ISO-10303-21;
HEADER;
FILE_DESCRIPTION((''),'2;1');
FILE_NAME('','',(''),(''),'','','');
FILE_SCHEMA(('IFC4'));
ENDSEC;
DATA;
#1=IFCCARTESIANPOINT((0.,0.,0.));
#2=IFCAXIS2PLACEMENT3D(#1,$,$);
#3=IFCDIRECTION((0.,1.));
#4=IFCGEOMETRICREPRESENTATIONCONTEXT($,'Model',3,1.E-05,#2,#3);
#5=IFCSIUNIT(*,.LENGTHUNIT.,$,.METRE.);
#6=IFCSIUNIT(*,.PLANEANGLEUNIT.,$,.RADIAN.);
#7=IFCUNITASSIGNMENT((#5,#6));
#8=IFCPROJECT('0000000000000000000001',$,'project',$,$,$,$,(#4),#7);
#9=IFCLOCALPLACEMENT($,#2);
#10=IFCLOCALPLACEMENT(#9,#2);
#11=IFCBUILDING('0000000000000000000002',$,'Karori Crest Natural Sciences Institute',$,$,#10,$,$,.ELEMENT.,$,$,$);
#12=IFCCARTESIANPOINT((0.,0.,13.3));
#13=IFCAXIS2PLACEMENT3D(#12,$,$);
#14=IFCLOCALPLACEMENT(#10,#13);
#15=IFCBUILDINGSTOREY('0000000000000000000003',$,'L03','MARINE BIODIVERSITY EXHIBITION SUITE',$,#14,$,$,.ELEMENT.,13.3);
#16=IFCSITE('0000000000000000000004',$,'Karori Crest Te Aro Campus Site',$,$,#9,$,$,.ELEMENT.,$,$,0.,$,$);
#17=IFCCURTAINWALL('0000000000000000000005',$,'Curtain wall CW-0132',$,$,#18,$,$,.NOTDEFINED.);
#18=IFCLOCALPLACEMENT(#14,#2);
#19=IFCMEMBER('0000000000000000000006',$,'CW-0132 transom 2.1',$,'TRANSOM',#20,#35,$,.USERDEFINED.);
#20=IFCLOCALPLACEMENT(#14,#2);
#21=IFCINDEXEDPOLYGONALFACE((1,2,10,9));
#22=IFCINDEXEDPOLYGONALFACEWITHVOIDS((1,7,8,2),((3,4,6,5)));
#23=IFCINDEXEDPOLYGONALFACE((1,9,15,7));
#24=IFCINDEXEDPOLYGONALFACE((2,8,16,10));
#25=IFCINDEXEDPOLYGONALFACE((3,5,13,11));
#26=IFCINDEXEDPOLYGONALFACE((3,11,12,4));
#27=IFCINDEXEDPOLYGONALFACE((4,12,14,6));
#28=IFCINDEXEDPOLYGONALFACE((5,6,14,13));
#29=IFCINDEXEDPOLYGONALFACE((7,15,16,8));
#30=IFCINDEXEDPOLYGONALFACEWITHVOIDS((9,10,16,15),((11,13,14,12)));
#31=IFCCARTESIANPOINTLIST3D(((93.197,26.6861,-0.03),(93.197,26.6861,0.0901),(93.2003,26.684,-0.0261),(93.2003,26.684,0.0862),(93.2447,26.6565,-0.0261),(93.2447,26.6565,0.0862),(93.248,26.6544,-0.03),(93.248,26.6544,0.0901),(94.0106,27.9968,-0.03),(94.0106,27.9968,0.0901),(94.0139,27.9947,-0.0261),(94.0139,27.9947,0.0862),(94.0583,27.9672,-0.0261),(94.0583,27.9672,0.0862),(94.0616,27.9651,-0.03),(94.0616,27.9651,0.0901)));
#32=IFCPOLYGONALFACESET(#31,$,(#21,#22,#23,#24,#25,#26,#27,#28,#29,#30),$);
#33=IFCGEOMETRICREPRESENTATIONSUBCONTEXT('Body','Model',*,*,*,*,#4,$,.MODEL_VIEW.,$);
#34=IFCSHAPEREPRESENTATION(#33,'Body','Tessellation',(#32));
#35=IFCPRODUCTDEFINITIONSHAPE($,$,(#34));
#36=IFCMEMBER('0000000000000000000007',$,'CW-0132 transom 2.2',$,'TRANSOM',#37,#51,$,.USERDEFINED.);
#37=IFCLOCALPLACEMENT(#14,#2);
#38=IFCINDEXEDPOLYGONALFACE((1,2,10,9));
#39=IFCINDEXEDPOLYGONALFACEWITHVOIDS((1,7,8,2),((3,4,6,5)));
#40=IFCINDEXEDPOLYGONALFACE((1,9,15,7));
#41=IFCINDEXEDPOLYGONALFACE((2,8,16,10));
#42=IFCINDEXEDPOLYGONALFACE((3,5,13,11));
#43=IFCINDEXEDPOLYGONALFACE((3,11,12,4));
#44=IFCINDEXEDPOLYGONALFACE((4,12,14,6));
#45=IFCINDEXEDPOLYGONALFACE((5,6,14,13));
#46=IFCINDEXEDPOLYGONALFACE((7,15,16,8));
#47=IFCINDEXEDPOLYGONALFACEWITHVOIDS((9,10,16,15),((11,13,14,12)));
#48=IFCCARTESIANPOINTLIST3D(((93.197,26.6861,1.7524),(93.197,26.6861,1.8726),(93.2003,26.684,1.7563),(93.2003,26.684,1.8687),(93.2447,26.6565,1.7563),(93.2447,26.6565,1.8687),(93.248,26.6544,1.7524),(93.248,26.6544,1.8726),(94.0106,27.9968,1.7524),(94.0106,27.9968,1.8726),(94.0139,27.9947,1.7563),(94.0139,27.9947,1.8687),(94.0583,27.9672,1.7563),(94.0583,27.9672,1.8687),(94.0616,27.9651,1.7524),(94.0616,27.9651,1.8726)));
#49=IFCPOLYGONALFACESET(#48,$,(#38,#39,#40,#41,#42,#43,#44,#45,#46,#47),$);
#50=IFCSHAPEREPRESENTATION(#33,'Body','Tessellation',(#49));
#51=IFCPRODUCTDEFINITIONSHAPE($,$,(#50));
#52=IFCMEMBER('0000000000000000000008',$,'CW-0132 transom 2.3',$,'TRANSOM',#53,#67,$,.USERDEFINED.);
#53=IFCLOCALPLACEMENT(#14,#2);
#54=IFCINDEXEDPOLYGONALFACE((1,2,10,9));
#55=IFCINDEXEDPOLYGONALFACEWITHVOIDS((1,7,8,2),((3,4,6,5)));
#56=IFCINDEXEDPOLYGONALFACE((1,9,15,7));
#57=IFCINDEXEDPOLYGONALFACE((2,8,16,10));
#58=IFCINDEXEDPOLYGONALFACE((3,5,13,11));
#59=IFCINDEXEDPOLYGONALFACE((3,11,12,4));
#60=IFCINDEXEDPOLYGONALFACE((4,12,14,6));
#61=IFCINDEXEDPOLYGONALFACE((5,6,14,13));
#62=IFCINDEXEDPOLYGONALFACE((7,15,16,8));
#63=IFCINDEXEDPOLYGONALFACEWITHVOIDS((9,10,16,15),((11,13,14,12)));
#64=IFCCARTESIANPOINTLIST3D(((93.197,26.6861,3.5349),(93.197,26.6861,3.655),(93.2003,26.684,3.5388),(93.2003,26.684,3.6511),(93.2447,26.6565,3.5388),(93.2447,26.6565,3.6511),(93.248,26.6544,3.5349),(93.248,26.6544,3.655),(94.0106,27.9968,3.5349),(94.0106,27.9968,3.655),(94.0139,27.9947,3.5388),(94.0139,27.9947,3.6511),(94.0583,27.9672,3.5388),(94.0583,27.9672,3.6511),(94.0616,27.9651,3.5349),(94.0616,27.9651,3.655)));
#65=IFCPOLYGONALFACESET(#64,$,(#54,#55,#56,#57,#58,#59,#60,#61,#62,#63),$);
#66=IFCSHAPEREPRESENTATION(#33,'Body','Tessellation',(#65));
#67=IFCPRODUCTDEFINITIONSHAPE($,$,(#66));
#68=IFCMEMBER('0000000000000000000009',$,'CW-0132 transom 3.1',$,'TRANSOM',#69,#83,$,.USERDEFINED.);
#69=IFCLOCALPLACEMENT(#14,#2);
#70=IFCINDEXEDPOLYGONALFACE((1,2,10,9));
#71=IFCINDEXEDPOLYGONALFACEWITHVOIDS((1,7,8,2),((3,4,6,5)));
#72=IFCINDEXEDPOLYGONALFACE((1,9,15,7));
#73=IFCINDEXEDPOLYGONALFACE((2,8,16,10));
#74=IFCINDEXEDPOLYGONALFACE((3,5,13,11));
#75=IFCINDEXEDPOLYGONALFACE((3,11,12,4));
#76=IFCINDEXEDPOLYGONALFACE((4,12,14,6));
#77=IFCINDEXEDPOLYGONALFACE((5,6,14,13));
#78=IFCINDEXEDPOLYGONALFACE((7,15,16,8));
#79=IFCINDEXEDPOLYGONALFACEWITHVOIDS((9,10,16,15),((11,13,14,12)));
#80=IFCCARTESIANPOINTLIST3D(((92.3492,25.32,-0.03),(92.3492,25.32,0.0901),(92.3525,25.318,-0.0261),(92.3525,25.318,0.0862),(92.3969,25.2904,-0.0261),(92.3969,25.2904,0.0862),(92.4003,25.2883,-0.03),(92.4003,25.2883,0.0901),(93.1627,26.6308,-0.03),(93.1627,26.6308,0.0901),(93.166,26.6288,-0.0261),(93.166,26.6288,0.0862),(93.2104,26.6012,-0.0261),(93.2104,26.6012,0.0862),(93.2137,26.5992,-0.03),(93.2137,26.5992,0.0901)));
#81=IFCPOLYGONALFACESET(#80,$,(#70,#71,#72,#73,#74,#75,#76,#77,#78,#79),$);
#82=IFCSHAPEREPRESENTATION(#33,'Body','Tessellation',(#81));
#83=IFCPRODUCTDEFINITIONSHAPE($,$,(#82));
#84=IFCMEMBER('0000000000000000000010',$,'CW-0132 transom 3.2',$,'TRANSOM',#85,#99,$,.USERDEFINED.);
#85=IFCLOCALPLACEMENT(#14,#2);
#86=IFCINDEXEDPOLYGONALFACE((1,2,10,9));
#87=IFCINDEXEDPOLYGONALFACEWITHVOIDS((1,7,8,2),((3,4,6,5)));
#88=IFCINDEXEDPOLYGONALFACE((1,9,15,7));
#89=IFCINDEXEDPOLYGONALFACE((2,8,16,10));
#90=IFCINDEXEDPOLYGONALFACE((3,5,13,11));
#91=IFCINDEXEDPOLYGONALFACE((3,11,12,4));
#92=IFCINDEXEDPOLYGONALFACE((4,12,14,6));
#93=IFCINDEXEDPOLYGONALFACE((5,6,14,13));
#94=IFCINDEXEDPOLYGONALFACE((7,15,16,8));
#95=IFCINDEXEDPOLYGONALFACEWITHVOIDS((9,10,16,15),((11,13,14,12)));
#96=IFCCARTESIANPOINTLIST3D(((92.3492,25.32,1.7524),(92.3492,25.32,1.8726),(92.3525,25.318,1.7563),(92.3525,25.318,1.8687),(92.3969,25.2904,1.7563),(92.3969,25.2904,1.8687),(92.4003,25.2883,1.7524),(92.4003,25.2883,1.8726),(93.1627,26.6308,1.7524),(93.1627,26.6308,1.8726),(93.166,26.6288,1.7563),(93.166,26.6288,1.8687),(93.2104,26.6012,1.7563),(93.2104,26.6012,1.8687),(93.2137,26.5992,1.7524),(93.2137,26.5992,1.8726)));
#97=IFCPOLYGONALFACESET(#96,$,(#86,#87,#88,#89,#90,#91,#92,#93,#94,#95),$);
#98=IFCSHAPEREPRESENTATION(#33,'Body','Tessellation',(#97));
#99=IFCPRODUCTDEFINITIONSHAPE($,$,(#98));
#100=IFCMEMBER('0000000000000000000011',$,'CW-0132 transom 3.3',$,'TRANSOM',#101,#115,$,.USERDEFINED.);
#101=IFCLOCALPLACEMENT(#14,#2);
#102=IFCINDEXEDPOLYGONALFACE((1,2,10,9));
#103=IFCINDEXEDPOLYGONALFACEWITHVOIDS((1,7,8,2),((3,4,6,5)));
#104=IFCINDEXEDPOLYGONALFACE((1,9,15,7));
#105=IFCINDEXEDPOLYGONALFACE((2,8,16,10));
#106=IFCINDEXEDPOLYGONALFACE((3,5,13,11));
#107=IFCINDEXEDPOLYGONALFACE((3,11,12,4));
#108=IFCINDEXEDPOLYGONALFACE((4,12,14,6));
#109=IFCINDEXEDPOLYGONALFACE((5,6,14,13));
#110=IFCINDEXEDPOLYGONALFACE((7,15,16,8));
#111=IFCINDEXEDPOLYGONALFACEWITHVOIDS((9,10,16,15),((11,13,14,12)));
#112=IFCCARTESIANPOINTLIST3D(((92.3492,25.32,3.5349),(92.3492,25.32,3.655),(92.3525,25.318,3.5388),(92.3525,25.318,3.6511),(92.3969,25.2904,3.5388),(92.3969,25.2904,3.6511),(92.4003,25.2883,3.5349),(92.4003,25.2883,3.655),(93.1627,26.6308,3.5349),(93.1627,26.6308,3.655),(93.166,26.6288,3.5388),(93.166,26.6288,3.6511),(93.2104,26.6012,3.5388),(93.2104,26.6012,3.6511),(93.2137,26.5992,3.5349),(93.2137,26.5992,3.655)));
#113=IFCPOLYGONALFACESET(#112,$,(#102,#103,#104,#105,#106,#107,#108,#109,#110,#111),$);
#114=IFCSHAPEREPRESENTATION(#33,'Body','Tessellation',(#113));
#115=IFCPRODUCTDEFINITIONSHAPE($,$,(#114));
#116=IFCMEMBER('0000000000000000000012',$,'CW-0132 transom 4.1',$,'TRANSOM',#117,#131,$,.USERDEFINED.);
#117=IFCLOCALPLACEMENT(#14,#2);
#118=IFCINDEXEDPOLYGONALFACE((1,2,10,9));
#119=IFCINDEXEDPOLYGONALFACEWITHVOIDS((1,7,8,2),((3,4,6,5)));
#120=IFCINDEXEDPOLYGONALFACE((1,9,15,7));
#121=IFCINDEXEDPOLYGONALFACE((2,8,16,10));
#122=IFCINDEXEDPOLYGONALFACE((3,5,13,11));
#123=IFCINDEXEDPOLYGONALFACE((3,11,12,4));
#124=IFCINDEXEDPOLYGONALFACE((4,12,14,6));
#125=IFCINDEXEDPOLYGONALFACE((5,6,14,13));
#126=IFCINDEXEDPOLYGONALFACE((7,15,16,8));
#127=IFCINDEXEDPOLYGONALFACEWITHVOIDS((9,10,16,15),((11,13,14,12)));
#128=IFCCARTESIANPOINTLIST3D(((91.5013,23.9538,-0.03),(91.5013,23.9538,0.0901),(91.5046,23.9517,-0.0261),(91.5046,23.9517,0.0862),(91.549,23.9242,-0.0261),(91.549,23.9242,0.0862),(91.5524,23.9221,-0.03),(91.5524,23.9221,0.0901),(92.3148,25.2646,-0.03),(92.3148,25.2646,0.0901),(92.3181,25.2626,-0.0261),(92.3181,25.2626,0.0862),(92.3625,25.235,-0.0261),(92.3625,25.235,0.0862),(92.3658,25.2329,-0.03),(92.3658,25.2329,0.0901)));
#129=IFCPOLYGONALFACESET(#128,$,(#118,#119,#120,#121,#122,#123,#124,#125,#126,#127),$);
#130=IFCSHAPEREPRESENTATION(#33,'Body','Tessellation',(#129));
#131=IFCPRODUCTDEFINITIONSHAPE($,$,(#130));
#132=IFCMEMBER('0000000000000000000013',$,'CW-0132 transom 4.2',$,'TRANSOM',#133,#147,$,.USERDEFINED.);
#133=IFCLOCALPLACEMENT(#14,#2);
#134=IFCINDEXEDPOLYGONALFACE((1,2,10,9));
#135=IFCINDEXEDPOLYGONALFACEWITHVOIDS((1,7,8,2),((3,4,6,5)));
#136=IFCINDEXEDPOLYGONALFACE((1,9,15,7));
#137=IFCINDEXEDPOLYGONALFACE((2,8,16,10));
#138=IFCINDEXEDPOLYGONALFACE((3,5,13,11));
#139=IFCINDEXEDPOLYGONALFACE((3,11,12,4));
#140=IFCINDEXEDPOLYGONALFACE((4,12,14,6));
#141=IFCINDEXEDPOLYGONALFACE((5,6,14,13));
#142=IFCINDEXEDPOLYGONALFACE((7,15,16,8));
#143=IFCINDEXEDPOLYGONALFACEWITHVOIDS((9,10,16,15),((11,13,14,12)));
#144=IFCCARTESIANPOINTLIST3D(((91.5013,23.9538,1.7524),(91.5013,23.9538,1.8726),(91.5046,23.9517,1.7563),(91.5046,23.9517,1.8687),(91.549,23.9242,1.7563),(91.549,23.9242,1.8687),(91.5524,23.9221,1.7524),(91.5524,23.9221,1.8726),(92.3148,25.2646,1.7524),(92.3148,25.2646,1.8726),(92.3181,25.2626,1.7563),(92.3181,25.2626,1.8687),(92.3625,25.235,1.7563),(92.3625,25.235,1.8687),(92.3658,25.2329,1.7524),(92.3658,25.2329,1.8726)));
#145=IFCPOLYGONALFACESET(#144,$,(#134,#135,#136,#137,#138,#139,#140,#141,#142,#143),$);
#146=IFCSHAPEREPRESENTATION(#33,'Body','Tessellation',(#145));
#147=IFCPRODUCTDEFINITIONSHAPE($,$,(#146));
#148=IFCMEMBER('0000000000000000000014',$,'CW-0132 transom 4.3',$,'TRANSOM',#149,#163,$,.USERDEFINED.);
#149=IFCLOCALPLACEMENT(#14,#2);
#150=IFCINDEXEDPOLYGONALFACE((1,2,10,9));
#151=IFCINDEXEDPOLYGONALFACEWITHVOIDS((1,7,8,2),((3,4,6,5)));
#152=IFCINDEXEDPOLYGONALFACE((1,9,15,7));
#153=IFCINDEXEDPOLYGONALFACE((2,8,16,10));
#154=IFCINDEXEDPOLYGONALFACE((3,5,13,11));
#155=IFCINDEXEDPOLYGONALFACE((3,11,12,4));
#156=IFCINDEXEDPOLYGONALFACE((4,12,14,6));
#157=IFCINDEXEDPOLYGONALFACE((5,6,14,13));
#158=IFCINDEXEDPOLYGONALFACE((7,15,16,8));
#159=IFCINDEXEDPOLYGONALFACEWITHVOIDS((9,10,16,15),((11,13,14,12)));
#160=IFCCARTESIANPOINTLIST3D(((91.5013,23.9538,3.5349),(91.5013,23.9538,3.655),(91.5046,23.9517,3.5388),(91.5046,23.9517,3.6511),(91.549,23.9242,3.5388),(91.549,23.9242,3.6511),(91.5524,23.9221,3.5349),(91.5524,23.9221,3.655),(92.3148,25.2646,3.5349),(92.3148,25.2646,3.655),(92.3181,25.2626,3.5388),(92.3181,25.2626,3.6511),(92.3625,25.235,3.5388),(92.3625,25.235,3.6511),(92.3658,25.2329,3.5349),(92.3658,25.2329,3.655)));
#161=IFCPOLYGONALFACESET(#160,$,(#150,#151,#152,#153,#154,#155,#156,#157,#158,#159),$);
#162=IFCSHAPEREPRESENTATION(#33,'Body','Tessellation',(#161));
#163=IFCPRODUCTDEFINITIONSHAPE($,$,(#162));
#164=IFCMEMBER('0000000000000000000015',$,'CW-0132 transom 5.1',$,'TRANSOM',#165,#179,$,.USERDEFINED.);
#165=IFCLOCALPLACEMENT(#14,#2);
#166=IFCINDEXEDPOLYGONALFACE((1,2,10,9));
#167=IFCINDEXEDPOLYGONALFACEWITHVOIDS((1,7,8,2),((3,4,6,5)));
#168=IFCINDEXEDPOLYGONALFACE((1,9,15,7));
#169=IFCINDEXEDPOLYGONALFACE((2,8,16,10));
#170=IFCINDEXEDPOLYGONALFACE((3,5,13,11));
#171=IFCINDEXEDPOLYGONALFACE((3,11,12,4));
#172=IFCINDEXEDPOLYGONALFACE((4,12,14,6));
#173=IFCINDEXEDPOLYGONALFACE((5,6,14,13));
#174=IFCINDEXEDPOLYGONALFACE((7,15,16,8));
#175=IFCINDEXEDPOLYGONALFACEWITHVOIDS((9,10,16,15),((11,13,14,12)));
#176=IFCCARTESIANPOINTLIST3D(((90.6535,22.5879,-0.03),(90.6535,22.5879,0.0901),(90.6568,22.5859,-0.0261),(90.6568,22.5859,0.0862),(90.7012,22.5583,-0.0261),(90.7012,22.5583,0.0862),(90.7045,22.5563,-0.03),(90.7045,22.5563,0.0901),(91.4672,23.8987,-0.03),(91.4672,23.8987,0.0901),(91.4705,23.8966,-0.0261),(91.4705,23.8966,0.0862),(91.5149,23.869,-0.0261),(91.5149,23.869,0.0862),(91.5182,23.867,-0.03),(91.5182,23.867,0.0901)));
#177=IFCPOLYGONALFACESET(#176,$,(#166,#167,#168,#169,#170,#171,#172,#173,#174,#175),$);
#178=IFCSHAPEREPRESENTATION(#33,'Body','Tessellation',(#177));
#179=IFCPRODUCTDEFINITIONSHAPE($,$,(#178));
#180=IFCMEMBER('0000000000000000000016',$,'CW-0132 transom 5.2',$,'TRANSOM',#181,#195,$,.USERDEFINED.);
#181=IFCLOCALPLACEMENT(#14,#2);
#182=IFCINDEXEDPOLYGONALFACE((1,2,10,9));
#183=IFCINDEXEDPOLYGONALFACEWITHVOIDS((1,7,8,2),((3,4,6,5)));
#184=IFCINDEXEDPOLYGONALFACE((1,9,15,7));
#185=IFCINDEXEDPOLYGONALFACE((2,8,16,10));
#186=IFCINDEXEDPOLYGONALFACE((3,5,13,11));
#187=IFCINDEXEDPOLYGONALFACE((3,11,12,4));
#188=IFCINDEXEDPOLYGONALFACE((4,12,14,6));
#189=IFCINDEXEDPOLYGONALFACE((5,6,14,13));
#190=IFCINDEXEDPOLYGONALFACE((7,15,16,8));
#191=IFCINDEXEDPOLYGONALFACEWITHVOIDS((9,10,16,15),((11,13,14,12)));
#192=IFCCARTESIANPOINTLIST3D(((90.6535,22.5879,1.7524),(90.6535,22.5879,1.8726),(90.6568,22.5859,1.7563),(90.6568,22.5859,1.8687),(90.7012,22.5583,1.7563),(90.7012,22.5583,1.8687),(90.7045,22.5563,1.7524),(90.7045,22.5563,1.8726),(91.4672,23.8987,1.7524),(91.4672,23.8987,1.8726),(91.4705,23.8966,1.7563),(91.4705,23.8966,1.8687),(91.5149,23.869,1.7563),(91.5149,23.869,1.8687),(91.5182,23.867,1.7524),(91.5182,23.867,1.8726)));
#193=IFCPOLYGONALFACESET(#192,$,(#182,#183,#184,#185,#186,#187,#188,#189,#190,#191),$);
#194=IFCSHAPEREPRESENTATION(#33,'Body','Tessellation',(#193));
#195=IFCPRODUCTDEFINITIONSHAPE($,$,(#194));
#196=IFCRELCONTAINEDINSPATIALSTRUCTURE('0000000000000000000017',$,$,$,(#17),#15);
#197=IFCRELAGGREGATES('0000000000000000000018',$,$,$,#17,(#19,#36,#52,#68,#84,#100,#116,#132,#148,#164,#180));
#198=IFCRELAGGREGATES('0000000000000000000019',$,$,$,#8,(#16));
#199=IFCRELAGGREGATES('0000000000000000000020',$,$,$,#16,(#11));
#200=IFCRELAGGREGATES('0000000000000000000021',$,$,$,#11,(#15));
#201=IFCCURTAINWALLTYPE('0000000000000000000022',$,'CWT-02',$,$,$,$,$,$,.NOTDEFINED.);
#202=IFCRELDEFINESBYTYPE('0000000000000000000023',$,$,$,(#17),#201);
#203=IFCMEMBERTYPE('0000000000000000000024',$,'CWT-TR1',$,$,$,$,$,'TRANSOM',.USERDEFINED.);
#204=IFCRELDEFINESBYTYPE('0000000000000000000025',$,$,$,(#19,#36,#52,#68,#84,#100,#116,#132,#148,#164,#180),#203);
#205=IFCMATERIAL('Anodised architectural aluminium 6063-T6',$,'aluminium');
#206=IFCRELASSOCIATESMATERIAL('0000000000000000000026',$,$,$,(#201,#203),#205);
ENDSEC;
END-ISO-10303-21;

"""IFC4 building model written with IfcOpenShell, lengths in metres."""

from ifc_helpers import new_model, si_unit, direction, frame, origin, origin_2d, place, context, subcontext, project, spatial, hollow_rectangle, extrude, material, material_profile, profile_set, type_object, element, aggregate, save


model = new_model("IFC4")

# Units and contexts
model_context = context("Model", 3, precision=1e-05, world=origin(), true_north=direction((0.0, 1.0)))
body_context = subcontext(model_context, "Body", "Model", "MODEL_VIEW")
ifc_project = project(units=[si_unit("LENGTHUNIT", "METRE"), si_unit("PLANEANGLEUNIT", "RADIAN")], contexts=[model_context])

# Site, building, storey
site_placement = place(None, origin())
site = spatial("IfcSite", under=ifc_project, at=site_placement, Name="Karori Crest Te Aro Campus Site", CompositionType="ELEMENT", RefElevation=0.0)
building_placement = place(site_placement, origin())
building = spatial("IfcBuilding", under=site, at=building_placement, Name="Karori Crest Natural Sciences Institute", CompositionType="ELEMENT")
storey_placement = place(building_placement, frame((0.0, 0.0, 13.3)))
storey = spatial("IfcBuildingStorey", under=building, at=storey_placement, Name="L03", Description="MARINE BIODIVERSITY EXHIBITION SUITE", CompositionType="ELEMENT", Elevation=13.3)

# Curtain wall, members
ifc_material_1 = material(Name="Anodised architectural aluminium 6063-T6", Category="aluminium")
curtain_wall_type = type_object("IfcCurtainWallType", Name="CWT-02", PredefinedType="NOTDEFINED", material=ifc_material_1)
curtain_wall_placement = place(storey_placement, origin())
curtain_wall = element("IfcCurtainWall", 1, at=curtain_wall_placement, inside=storey, type_object=curtain_wall_type, Name="Curtain wall CW-0132", PredefinedType="NOTDEFINED")
ifc_material_profile_1 = material_profile(ifc_material_1, hollow_rectangle(XDim=0.0601, YDim=0.1201, WallThickness=0.0039, at=origin_2d()), Name="CWT120x60x4")
ifc_profile_set_1 = profile_set([ifc_material_profile_1], Name="Anodised architectural aluminium 6063-T6")
member_type_1 = type_object("IfcMemberType", Name="CWT-TR1", ElementType="TRANSOM", PredefinedType="USERDEFINED", material=ifc_profile_set_1)
member_1_placement = place(storey_placement, frame((94.0361, 27.981, 0.03), z_axis=(-0.527422, -0.849603, 0.0), x_axis=(0.849603, -0.527422, 0.0)))
member_1 = element("IfcMember", 2, at=member_1_placement, type_object=member_type_1, Name="CW-0132 transom 2.1", ObjectType="TRANSOM", PredefinedType="USERDEFINED", context=body_context, shape_type="SweptSolid", body=[
    extrude(hollow_rectangle(XDim=0.0601, YDim=0.1201, WallThickness=0.0039, at=origin_2d()), origin(), (0.0, 0.0, 1.0), 1.5427),
])
member_2_placement = place(storey_placement, frame((94.0361, 27.981, 1.8125), z_axis=(-0.527422, -0.849603, 0.0), x_axis=(0.849603, -0.527422, 0.0)))
member_2 = element("IfcMember", 3, at=member_2_placement, type_object=member_type_1, Name="CW-0132 transom 2.2", ObjectType="TRANSOM", PredefinedType="USERDEFINED", context=body_context, shape_type="SweptSolid", body=[
    extrude(hollow_rectangle(XDim=0.0601, YDim=0.1201, WallThickness=0.0039, at=origin_2d()), origin(), (0.0, 0.0, 1.0), 1.5427),
])
member_3_placement = place(storey_placement, frame((94.0361, 27.981, 3.595), z_axis=(-0.527422, -0.849603, 0.0), x_axis=(0.849603, -0.527422, 0.0)))
member_3 = element("IfcMember", 4, at=member_3_placement, type_object=member_type_1, Name="CW-0132 transom 2.3", ObjectType="TRANSOM", PredefinedType="USERDEFINED", context=body_context, shape_type="SweptSolid", body=[
    extrude(hollow_rectangle(XDim=0.0601, YDim=0.1201, WallThickness=0.0039, at=origin_2d()), origin(), (0.0, 0.0, 1.0), 1.5427),
])
member_4_placement = place(storey_placement, frame((93.1882, 26.615, 0.03), z_axis=(-0.527308, -0.849674, 0.0), x_axis=(0.849674, -0.527308, 0.0)))
member_4 = element("IfcMember", 5, at=member_4_placement, type_object=member_type_1, Name="CW-0132 transom 3.1", ObjectType="TRANSOM", PredefinedType="USERDEFINED", context=body_context, shape_type="SweptSolid", body=[
    extrude(hollow_rectangle(XDim=0.0601, YDim=0.1201, WallThickness=0.0039, at=origin_2d()), origin(), (0.0, 0.0, 1.0), 1.5427),
])
member_5_placement = place(storey_placement, frame((93.1882, 26.615, 1.8125), z_axis=(-0.527308, -0.849674, 0.0), x_axis=(0.849674, -0.527308, 0.0)))
member_5 = element("IfcMember", 6, at=member_5_placement, type_object=member_type_1, Name="CW-0132 transom 3.2", ObjectType="TRANSOM", PredefinedType="USERDEFINED", context=body_context, shape_type="SweptSolid", body=[
    extrude(hollow_rectangle(XDim=0.0601, YDim=0.1201, WallThickness=0.0039, at=origin_2d()), origin(), (0.0, 0.0, 1.0), 1.5427),
])
member_6_placement = place(storey_placement, frame((93.1882, 26.615, 3.595), z_axis=(-0.527308, -0.849674, 0.0), x_axis=(0.849674, -0.527308, 0.0)))
member_6 = element("IfcMember", 7, at=member_6_placement, type_object=member_type_1, Name="CW-0132 transom 3.3", ObjectType="TRANSOM", PredefinedType="USERDEFINED", context=body_context, shape_type="SweptSolid", body=[
    extrude(hollow_rectangle(XDim=0.0601, YDim=0.1201, WallThickness=0.0039, at=origin_2d()), origin(), (0.0, 0.0, 1.0), 1.5427),
])
member_7_placement = place(storey_placement, frame((92.3403, 25.2488, 0.03), z_axis=(-0.527308, -0.849674, 0.0), x_axis=(0.849674, -0.527308, 0.0)))
member_7 = element("IfcMember", 8, at=member_7_placement, type_object=member_type_1, Name="CW-0132 transom 4.1", ObjectType="TRANSOM", PredefinedType="USERDEFINED", context=body_context, shape_type="SweptSolid", body=[
    extrude(hollow_rectangle(XDim=0.0601, YDim=0.1201, WallThickness=0.0039, at=origin_2d()), origin(), (0.0, 0.0, 1.0), 1.5427),
])
member_8_placement = place(storey_placement, frame((92.3403, 25.2488, 1.8125), z_axis=(-0.527308, -0.849674, 0.0), x_axis=(0.849674, -0.527308, 0.0)))
member_8 = element("IfcMember", 9, at=member_8_placement, type_object=member_type_1, Name="CW-0132 transom 4.2", ObjectType="TRANSOM", PredefinedType="USERDEFINED", context=body_context, shape_type="SweptSolid", body=[
    extrude(hollow_rectangle(XDim=0.0601, YDim=0.1201, WallThickness=0.0039, at=origin_2d()), origin(), (0.0, 0.0, 1.0), 1.5427),
])
member_9_placement = place(storey_placement, frame((92.3403, 25.2488, 3.595), z_axis=(-0.527308, -0.849674, 0.0), x_axis=(0.849674, -0.527308, 0.0)))
member_9 = element("IfcMember", 10, at=member_9_placement, type_object=member_type_1, Name="CW-0132 transom 4.3", ObjectType="TRANSOM", PredefinedType="USERDEFINED", context=body_context, shape_type="SweptSolid", body=[
    extrude(hollow_rectangle(XDim=0.0601, YDim=0.1201, WallThickness=0.0039, at=origin_2d()), origin(), (0.0, 0.0, 1.0), 1.5427),
])
member_10_placement = place(storey_placement, frame((91.4927, 23.8828, 0.03), z_axis=(-0.527422, -0.849603, 0.0), x_axis=(0.849603, -0.527422, 0.0)))
member_10 = element("IfcMember", 11, at=member_10_placement, type_object=member_type_1, Name="CW-0132 transom 5.1", ObjectType="TRANSOM", PredefinedType="USERDEFINED", context=body_context, shape_type="SweptSolid", body=[
    extrude(hollow_rectangle(XDim=0.0601, YDim=0.1201, WallThickness=0.0039, at=origin_2d()), origin(), (0.0, 0.0, 1.0), 1.5427),
])
member_11_placement = place(storey_placement, frame((91.4927, 23.8828, 1.8125), z_axis=(-0.527422, -0.849603, 0.0), x_axis=(0.849603, -0.527422, 0.0)))
member_11 = element("IfcMember", 12, at=member_11_placement, type_object=member_type_1, Name="CW-0132 transom 5.2", ObjectType="TRANSOM", PredefinedType="USERDEFINED", context=body_context, shape_type="SweptSolid", body=[
    extrude(hollow_rectangle(XDim=0.0601, YDim=0.1201, WallThickness=0.0039, at=origin_2d()), origin(), (0.0, 0.0, 1.0), 1.5427),
])
aggregate(curtain_wall, [member_1, member_2, member_3, member_4, member_5, member_6, member_7, member_8, member_9, member_10, member_11])

save(model, "model.ifc")
